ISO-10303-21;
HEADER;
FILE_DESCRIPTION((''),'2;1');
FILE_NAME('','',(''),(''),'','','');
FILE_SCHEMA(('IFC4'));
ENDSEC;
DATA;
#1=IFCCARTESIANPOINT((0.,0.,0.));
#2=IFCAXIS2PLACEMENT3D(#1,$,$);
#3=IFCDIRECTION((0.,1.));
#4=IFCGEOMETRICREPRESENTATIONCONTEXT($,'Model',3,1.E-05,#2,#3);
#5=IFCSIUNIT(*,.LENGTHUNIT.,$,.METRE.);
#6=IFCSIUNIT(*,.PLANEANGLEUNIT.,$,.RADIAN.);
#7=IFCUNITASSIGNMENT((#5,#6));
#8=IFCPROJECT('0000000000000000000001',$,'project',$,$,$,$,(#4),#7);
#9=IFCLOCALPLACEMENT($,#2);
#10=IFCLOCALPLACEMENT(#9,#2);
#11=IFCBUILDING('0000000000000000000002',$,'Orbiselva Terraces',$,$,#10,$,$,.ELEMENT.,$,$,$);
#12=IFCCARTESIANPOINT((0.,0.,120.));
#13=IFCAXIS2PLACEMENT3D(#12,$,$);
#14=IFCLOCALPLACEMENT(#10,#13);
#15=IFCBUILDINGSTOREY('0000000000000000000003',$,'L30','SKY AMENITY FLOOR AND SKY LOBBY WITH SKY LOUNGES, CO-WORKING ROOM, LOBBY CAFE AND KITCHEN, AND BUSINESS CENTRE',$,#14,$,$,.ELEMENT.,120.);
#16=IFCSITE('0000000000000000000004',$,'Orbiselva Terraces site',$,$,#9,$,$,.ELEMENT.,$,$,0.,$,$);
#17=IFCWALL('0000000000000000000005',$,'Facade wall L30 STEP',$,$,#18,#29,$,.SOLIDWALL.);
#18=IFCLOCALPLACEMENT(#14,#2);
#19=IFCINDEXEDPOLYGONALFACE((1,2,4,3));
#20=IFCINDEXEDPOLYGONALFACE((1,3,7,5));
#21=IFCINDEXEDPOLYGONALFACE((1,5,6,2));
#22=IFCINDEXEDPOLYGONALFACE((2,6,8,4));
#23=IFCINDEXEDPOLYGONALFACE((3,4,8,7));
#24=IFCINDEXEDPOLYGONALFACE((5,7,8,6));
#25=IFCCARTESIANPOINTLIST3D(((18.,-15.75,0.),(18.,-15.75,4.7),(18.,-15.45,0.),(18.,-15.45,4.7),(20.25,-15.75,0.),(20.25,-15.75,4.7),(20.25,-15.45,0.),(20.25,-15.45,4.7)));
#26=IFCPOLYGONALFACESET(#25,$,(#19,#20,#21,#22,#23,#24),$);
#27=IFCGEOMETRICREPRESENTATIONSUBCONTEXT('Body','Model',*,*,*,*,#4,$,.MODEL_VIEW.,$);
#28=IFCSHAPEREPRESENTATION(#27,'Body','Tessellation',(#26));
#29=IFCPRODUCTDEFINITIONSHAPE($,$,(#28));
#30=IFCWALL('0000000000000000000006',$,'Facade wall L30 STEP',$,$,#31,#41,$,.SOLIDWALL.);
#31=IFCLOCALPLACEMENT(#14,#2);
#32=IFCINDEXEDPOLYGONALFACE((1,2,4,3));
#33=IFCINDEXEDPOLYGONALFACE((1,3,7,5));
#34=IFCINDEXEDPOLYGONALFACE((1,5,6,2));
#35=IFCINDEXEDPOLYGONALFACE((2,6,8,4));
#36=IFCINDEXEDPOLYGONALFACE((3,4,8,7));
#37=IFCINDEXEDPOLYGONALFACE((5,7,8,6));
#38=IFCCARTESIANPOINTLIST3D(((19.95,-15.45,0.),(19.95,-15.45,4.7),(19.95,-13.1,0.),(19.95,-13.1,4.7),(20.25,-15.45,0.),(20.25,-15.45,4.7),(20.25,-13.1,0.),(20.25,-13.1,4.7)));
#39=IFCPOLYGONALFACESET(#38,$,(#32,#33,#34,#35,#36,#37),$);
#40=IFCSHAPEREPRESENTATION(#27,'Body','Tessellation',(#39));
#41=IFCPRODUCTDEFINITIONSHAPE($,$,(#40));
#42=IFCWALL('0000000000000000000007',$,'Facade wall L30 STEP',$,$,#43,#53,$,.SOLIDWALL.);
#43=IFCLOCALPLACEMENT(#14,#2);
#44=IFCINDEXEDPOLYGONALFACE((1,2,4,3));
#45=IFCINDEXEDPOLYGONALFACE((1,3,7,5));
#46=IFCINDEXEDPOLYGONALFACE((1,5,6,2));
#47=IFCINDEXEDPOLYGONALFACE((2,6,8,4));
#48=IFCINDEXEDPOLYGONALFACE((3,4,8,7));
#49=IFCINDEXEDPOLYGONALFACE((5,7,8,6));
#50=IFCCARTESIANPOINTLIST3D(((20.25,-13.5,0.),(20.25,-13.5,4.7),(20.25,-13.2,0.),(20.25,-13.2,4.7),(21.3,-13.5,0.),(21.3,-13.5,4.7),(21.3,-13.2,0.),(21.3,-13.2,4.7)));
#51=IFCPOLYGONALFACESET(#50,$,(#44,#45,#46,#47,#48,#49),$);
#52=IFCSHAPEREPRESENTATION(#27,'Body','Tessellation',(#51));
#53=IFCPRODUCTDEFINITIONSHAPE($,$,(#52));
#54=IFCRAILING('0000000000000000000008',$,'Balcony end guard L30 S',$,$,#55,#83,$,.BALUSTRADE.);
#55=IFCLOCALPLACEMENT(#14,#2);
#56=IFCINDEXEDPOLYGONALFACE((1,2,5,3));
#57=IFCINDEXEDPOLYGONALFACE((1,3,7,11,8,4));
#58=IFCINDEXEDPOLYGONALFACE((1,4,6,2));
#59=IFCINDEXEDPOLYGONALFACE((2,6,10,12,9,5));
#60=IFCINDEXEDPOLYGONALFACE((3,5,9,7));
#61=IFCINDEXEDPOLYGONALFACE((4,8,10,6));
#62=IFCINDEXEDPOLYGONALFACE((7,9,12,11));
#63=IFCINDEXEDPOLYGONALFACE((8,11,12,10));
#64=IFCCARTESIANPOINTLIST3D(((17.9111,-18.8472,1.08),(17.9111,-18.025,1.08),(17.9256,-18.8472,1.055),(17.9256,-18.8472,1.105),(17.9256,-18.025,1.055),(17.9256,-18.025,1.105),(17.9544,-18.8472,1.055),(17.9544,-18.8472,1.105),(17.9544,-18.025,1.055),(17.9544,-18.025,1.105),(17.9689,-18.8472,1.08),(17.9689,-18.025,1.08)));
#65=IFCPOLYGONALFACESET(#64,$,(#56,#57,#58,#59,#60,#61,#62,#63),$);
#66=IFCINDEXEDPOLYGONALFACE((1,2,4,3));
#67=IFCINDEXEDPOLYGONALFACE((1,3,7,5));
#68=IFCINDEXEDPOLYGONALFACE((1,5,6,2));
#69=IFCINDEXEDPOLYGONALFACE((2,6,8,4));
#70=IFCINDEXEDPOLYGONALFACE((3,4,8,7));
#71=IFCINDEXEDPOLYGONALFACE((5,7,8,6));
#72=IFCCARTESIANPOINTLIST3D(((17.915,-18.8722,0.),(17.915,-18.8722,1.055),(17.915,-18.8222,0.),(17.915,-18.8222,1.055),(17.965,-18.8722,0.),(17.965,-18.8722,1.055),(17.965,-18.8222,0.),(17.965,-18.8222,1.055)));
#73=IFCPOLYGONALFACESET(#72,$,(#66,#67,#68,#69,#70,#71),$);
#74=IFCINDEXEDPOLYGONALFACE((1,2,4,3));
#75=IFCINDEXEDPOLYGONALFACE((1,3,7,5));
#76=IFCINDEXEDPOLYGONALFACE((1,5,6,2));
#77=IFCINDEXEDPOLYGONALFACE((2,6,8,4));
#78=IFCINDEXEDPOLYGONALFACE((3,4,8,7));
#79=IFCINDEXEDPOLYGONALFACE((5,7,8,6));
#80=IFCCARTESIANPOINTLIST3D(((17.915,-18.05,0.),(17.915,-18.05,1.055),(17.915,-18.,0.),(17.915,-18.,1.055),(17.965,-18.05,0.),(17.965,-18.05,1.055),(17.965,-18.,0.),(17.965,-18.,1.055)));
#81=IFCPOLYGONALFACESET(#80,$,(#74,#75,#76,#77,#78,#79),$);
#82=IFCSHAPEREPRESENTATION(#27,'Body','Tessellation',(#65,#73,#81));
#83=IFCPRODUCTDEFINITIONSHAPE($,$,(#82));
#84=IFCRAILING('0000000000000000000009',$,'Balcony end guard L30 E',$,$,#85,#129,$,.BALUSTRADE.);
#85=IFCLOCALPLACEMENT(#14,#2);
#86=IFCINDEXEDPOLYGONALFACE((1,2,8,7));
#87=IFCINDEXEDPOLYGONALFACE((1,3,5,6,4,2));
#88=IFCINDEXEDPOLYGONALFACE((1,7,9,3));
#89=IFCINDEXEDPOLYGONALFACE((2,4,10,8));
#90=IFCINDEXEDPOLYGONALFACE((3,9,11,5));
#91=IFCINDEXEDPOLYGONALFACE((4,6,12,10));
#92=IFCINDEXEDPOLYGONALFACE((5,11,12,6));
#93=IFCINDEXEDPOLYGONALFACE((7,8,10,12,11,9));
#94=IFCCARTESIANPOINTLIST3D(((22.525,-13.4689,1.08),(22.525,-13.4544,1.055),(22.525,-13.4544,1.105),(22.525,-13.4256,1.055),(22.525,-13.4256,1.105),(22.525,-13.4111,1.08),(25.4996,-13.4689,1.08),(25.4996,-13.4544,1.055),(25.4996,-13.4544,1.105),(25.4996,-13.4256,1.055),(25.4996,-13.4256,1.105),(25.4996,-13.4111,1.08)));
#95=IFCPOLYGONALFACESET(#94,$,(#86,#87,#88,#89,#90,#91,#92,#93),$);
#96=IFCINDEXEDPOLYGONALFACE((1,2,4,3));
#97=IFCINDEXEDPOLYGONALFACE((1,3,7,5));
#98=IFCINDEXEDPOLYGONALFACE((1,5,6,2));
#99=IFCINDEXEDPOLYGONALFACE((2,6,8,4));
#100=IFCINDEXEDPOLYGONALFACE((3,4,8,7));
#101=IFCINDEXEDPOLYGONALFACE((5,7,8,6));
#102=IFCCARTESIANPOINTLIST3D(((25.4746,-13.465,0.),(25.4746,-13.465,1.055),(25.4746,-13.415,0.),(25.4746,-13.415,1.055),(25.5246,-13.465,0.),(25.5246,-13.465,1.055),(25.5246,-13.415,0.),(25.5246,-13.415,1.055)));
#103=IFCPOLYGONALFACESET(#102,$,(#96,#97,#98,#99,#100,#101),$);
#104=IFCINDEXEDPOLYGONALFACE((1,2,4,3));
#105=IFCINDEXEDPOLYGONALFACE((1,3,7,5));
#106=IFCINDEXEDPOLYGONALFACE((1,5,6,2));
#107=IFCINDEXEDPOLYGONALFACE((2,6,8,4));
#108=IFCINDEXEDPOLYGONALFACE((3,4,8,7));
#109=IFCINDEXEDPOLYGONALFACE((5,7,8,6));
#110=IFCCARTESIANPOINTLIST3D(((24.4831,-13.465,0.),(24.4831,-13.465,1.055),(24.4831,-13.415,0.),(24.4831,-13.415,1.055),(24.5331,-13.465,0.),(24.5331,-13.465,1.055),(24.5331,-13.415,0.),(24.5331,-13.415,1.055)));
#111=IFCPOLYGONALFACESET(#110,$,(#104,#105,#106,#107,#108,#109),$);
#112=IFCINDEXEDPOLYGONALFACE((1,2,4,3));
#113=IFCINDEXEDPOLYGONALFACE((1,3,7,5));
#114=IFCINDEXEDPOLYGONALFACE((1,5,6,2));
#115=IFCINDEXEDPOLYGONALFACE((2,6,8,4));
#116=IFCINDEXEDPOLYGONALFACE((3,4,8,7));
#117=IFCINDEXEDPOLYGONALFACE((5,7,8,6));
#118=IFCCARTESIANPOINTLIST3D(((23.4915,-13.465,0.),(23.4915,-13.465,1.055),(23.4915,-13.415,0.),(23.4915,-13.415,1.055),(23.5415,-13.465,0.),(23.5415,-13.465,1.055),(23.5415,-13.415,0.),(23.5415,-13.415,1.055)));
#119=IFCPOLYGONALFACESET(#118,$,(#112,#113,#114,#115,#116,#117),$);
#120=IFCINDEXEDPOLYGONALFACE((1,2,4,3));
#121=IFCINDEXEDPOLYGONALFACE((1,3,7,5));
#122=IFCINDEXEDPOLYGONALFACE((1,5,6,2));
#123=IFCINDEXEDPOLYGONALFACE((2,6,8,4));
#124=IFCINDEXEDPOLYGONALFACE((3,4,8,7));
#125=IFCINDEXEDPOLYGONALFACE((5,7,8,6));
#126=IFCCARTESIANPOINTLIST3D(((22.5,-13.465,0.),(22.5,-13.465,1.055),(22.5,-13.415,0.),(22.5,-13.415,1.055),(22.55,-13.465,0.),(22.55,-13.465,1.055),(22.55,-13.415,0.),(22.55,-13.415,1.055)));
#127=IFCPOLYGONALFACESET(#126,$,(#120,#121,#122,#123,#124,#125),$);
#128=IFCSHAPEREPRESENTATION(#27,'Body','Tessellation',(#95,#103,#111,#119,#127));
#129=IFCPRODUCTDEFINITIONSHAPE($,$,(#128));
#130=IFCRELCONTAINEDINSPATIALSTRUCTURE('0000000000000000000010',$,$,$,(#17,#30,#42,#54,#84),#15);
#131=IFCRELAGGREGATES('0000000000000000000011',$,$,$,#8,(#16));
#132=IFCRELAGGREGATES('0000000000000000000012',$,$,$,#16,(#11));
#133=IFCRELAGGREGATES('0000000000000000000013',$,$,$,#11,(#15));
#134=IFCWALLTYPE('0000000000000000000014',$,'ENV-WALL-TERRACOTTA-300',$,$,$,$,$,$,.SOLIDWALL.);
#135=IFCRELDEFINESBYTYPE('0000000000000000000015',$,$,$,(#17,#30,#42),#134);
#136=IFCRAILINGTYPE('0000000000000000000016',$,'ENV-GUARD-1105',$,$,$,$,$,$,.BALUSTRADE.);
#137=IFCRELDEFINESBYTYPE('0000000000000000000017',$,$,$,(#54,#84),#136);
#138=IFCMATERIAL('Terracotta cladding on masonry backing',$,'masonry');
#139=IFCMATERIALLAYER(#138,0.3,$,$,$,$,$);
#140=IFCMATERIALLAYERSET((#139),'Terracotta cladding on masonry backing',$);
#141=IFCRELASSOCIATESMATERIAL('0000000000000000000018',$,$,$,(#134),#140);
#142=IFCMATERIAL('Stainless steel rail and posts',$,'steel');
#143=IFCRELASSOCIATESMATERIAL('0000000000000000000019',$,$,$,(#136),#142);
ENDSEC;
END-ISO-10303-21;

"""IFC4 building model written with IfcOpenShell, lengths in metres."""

from ifc_helpers import new_model, si_unit, direction, frame, frame_2d, origin, origin_2d, place, context, subcontext, project, spatial, polyline, rectangle, outline, extrude, material, layer, layer_set, type_object, element, save


model = new_model("IFC4")

# Units and contexts
model_context = context("Model", 3, precision=1e-05, world=origin(), true_north=direction((0.0, 1.0)))
body_context = subcontext(model_context, "Body", "Model", "MODEL_VIEW")
ifc_project = project(units=[si_unit("LENGTHUNIT", "METRE"), si_unit("PLANEANGLEUNIT", "RADIAN")], contexts=[model_context])

# Site, building, storey
site_placement = place(None, origin())
site = spatial("IfcSite", under=ifc_project, at=site_placement, Name="Orbiselva Terraces site", CompositionType="ELEMENT", RefElevation=0.0)
building_placement = place(site_placement, origin())
building = spatial("IfcBuilding", under=site, at=building_placement, Name="Orbiselva Terraces", CompositionType="ELEMENT")
storey_placement = place(building_placement, frame((0.0, 0.0, 120.0)))
storey = spatial("IfcBuildingStorey", under=building, at=storey_placement, Name="L30", Description="SKY AMENITY FLOOR AND SKY LOBBY WITH SKY LOUNGES, CO-WORKING ROOM, LOBBY CAFE AND KITCHEN, AND BUSINESS CENTRE", CompositionType="ELEMENT", Elevation=120.0)

# Shared definitions
ifc_material_1 = material(Name="Terracotta cladding on masonry backing", Category="masonry")
ifc_layer_1 = layer(ifc_material_1, 0.3)
ifc_layer_set_1 = layer_set([ifc_layer_1], Name="Terracotta cladding on masonry backing")
wall_type = type_object("IfcWallType", Name="ENV-WALL-TERRACOTTA-300", PredefinedType="SOLIDWALL", material=ifc_layer_set_1)

# Walls
wall_1_placement = place(storey_placement, frame((20.25, -15.6, 0.0), z_axis=(0.0, 0.0, 1.0), x_axis=(-1.0, 0.0, 0.0)))
element("IfcWall", 1, at=wall_1_placement, inside=storey, type_object=wall_type, Name="Facade wall L30 STEP", PredefinedType="SOLIDWALL", context=body_context, shape_type="SweptSolid", body=[
    extrude(rectangle(XDim=2.25, YDim=0.3, at=frame_2d((1.125, 0.0))), origin(), (0.0, 0.0, 1.0), 4.7),
])
wall_2_placement = place(storey_placement, frame((20.1, -13.1, 0.0), z_axis=(0.0, 0.0, 1.0), x_axis=(0.0, -1.0, 0.0)))
element("IfcWall", 2, at=wall_2_placement, inside=storey, type_object=wall_type, Name="Facade wall L30 STEP", PredefinedType="SOLIDWALL", context=body_context, shape_type="SweptSolid", body=[
    extrude(rectangle(XDim=2.35, YDim=0.3, at=frame_2d((1.175, 0.0))), origin(), (0.0, 0.0, 1.0), 4.7),
])
wall_3_placement = place(storey_placement, frame((21.3, -13.35, 0.0), z_axis=(0.0, 0.0, 1.0), x_axis=(-1.0, 0.0, 0.0)))
element("IfcWall", 3, at=wall_3_placement, inside=storey, type_object=wall_type, Name="Facade wall L30 STEP", PredefinedType="SOLIDWALL", context=body_context, shape_type="SweptSolid", body=[
    extrude(rectangle(XDim=1.05, YDim=0.3, at=frame_2d((0.525, 0.0))), origin(), (0.0, 0.0, 1.0), 4.7),
])

# Railings
ifc_material_2 = material(Name="Stainless steel rail and posts", Category="steel")
railing_type_1 = type_object("IfcRailingType", Name="ENV-GUARD-1105", PredefinedType="BALUSTRADE", material=ifc_material_2)
railing_1_placement = place(storey_placement, frame((17.94, -18.8472, 0.0)))
element("IfcRailing", 4, at=railing_1_placement, inside=storey, type_object=railing_type_1, Name="Balcony end guard L30 S", PredefinedType="BALUSTRADE", context=body_context, shape_type="SweptSolid", body=[
    extrude(outline(polyline([(0.0289, 0.0), (0.0144, 0.025), (-0.0144, 0.025), (-0.0289, 0.0), (-0.0144, -0.025), (0.0144, -0.025), (0.0289, 0.0)])), frame((0.0, 0.0, 1.08), z_axis=(0.0, 1.0, 0.0), x_axis=(-1.0, 0.0, 0.0)), (0.0, 0.0, 1.0), 0.8222),
    extrude(rectangle(XDim=0.05, YDim=0.05, at=origin_2d()), origin(), (0.0, 0.0, 1.0), 1.055),
    extrude(rectangle(XDim=0.05, YDim=0.05, at=origin_2d()), frame((0.0, 0.8222, 0.0)), (0.0, 0.0, 1.0), 1.055),
])
railing_2_placement = place(storey_placement, frame((25.4996, -13.44, 0.0)))
element("IfcRailing", 5, at=railing_2_placement, inside=storey, type_object=railing_type_1, Name="Balcony end guard L30 E", PredefinedType="BALUSTRADE", context=body_context, shape_type="SweptSolid", body=[
    extrude(outline(polyline([(0.0289, 0.0), (0.0144, 0.025), (-0.0144, 0.025), (-0.0289, 0.0), (-0.0144, -0.025), (0.0144, -0.025), (0.0289, 0.0)])), frame((0.0, 0.0, 1.08), z_axis=(-1.0, 0.0, 0.0), x_axis=(0.0, -1.0, 0.0)), (0.0, 0.0, 1.0), 2.9746),
    extrude(rectangle(XDim=0.05, YDim=0.05, at=origin_2d()), origin(), (0.0, 0.0, 1.0), 1.055),
    extrude(rectangle(XDim=0.05, YDim=0.05, at=origin_2d()), frame((-0.9915, 0.0, 0.0)), (0.0, 0.0, 1.0), 1.055),
    extrude(rectangle(XDim=0.05, YDim=0.05, at=origin_2d()), frame((-1.9831, 0.0, 0.0)), (0.0, 0.0, 1.0), 1.055),
    extrude(rectangle(XDim=0.05, YDim=0.05, at=origin_2d()), frame((-2.9746, 0.0, 0.0)), (0.0, 0.0, 1.0), 1.055),
])

save(model, "model.ifc")
